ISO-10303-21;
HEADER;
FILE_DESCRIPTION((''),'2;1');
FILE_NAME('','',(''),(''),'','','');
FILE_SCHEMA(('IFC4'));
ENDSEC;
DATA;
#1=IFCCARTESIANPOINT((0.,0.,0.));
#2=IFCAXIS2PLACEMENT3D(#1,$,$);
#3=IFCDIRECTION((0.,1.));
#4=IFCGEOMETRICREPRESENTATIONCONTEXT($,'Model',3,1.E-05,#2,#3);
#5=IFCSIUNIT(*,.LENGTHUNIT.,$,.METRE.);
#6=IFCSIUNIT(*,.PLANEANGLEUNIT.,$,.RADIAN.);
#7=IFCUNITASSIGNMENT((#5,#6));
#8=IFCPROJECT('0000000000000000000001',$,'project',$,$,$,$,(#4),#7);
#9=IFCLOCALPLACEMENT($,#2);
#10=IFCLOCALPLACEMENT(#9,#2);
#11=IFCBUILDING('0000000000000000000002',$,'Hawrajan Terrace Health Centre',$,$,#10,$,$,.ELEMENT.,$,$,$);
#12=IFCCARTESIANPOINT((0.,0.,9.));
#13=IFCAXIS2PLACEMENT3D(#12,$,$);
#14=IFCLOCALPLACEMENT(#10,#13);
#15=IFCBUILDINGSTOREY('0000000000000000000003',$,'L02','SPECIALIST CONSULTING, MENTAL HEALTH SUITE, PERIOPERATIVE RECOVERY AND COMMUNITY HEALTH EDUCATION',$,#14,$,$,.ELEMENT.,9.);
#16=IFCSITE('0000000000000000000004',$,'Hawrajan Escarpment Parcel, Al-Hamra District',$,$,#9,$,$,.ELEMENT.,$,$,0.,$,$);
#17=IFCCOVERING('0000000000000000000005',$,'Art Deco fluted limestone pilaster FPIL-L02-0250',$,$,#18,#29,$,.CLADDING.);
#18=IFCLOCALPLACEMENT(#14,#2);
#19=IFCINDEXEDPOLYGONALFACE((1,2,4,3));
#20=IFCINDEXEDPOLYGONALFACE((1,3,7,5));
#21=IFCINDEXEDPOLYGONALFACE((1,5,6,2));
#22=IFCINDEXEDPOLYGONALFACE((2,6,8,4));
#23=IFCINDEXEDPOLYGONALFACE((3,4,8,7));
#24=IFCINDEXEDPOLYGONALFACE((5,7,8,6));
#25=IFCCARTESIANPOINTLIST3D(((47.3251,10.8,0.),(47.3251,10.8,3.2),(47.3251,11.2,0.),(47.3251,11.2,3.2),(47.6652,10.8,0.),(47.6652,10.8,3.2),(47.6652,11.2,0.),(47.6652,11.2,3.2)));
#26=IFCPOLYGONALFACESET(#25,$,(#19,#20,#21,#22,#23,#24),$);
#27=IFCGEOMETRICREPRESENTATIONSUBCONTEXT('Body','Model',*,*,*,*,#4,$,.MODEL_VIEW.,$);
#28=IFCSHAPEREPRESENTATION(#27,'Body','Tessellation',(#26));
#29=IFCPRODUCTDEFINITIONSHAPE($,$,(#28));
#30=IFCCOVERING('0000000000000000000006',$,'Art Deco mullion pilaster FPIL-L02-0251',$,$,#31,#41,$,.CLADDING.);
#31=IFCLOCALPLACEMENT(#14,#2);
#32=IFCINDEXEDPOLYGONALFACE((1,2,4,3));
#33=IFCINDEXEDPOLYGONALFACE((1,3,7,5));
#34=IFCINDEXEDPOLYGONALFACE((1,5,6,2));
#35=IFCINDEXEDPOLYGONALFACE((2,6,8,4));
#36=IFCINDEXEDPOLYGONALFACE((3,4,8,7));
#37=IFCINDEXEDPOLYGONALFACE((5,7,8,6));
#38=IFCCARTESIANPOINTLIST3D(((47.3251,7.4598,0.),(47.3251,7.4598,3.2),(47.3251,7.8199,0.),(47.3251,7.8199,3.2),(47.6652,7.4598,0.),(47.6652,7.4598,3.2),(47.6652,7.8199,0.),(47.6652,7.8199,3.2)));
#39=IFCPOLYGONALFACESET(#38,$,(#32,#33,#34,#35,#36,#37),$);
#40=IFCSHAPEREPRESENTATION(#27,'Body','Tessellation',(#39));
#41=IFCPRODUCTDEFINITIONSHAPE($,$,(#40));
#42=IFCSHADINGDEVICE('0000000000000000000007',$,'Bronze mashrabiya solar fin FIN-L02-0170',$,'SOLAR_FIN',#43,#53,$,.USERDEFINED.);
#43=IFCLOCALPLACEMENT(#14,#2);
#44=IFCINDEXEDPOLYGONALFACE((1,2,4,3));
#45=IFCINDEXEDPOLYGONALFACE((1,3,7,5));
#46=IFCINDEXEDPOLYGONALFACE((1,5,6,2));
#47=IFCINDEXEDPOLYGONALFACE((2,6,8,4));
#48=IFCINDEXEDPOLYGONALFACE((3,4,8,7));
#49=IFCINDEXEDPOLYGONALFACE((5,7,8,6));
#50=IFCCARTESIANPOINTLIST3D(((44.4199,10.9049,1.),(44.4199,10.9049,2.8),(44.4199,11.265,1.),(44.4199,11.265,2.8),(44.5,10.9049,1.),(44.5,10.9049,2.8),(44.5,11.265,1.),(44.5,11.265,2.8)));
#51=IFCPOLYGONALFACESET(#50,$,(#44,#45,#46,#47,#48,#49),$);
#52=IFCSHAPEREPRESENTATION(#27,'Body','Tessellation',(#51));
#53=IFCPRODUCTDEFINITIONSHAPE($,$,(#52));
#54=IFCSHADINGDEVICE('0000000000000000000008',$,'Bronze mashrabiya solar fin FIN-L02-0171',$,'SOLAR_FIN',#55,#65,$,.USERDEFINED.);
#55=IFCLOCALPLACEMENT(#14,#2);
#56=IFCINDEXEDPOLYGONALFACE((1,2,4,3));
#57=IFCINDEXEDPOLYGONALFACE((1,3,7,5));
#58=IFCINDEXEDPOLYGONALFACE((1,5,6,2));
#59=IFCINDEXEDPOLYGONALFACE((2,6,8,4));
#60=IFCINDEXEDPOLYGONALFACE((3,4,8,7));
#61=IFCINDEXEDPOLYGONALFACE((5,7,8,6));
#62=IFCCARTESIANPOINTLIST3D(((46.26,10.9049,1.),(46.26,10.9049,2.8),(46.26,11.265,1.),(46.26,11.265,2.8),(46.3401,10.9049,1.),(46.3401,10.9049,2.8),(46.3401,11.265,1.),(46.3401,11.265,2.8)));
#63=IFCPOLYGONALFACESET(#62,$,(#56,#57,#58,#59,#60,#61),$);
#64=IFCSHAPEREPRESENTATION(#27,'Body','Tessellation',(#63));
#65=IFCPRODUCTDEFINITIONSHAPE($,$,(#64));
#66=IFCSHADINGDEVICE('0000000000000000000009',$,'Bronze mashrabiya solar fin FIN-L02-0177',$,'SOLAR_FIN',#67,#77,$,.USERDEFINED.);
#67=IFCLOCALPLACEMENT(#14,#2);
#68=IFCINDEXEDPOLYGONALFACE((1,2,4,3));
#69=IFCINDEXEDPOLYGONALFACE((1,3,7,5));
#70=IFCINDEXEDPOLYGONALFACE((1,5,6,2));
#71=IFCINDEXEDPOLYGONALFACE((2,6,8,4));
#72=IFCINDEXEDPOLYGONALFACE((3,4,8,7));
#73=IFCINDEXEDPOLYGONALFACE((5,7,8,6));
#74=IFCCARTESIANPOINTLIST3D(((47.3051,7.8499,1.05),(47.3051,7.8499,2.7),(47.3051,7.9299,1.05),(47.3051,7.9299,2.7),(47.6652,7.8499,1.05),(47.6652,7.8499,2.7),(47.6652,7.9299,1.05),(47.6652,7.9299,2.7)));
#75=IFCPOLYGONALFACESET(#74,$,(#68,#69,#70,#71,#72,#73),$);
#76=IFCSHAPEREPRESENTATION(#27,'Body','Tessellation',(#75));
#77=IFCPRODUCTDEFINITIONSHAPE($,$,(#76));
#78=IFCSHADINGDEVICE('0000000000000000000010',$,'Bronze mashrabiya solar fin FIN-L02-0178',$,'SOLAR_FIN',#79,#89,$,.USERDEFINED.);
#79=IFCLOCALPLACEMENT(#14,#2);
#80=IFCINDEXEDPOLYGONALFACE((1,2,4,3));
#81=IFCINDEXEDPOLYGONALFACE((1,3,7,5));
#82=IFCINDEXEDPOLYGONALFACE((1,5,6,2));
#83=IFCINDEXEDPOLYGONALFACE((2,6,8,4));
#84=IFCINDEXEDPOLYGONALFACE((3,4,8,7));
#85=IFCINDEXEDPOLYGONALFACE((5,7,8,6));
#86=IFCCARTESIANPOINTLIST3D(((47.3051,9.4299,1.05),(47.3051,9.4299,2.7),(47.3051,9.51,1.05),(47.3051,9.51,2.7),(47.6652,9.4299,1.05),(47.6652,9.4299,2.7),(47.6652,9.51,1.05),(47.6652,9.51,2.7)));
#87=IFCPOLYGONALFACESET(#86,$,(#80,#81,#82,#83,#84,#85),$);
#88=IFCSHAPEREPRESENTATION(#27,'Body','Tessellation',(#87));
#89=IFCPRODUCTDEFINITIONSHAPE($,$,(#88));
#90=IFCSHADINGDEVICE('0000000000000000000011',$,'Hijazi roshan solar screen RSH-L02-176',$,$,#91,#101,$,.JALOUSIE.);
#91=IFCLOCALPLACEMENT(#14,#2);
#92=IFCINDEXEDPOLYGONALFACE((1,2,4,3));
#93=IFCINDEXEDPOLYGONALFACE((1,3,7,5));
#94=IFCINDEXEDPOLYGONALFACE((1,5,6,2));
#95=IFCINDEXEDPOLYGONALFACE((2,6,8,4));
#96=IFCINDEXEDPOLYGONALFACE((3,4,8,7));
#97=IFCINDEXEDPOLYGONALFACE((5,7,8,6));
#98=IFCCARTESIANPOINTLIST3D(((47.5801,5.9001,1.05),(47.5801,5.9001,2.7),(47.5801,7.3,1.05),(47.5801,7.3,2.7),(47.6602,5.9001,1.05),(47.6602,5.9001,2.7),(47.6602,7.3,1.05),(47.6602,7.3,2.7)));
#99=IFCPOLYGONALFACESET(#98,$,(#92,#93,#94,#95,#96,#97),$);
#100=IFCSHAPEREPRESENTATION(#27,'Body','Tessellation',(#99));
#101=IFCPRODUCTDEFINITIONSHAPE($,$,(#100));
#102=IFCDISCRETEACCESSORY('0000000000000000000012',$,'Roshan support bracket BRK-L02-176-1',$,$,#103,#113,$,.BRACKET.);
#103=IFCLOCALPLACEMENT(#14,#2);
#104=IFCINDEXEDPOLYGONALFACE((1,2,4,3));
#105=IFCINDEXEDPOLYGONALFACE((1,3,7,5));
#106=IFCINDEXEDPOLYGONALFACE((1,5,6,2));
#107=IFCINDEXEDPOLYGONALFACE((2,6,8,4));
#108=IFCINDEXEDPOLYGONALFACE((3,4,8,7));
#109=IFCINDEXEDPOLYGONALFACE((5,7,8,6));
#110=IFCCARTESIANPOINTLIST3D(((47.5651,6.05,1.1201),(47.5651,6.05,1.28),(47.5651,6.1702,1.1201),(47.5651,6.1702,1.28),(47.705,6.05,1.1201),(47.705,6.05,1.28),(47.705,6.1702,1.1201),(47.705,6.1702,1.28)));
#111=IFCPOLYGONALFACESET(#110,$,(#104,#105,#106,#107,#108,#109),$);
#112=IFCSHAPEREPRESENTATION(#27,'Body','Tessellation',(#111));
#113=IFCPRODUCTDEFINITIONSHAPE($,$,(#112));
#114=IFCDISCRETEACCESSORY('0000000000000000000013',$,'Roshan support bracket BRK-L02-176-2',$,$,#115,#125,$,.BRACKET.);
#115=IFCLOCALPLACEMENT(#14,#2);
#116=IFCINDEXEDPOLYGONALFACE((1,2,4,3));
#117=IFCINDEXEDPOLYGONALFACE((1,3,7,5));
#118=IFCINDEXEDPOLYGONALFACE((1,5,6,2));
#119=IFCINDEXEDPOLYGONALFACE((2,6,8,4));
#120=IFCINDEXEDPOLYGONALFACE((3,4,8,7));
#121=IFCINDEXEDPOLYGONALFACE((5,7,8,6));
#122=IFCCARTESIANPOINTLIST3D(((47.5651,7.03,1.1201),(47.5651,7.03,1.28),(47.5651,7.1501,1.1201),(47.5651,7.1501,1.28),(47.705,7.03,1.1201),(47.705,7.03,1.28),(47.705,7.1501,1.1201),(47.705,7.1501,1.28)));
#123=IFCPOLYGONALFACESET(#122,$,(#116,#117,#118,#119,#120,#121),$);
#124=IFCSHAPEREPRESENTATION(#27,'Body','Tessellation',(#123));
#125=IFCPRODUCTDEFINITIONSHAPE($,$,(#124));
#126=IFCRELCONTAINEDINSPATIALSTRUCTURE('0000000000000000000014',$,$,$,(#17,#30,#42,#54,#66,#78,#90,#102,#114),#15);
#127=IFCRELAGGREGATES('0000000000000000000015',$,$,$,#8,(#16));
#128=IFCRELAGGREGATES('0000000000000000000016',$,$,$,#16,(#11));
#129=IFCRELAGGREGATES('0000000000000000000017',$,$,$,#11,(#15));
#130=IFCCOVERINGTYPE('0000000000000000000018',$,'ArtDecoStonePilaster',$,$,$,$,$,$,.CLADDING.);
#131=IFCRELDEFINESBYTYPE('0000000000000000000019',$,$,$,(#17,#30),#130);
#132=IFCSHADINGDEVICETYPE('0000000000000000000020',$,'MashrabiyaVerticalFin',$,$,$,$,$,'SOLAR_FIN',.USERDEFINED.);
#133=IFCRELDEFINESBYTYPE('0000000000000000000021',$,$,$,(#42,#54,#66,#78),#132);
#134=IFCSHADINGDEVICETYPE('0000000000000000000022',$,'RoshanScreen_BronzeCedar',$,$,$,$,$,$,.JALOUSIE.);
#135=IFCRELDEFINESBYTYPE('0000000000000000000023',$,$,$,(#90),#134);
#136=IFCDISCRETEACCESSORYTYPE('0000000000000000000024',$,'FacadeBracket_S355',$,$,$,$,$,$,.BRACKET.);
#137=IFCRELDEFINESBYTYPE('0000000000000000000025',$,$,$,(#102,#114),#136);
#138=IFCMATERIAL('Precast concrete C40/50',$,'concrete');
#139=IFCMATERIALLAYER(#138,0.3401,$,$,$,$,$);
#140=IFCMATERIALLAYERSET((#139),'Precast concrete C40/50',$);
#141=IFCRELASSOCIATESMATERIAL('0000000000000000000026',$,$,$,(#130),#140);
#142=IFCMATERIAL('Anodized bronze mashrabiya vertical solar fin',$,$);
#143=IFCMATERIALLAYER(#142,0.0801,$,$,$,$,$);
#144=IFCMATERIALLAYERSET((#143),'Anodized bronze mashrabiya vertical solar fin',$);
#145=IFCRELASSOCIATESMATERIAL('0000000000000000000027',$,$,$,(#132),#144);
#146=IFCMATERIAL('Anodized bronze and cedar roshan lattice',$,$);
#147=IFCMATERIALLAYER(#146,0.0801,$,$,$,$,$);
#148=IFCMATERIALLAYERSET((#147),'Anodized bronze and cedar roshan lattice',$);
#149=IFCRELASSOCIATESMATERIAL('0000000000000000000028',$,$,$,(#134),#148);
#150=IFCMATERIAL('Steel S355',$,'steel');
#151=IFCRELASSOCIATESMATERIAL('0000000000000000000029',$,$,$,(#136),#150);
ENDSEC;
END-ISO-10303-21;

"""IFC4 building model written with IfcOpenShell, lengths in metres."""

from ifc_helpers import new_model, si_unit, direction, frame, origin, origin_2d, place, context, subcontext, project, spatial, rectangle, extrude, material, layer, layer_set, type_object, element, save


model = new_model("IFC4")

# Units and contexts
model_context = context("Model", 3, precision=1e-05, world=origin(), true_north=direction((0.0, 1.0)))
body_context = subcontext(model_context, "Body", "Model", "MODEL_VIEW")
ifc_project = project(units=[si_unit("LENGTHUNIT", "METRE"), si_unit("PLANEANGLEUNIT", "RADIAN")], contexts=[model_context])

# Site, building, storey
site_placement = place(None, origin())
site = spatial("IfcSite", under=ifc_project, at=site_placement, Name="Hawrajan Escarpment Parcel, Al-Hamra District", CompositionType="ELEMENT", RefElevation=0.0)
building_placement = place(site_placement, origin())
building = spatial("IfcBuilding", under=site, at=building_placement, Name="Hawrajan Terrace Health Centre", CompositionType="ELEMENT")
storey_placement = place(building_placement, frame((0.0, 0.0, 9.0)))
storey = spatial("IfcBuildingStorey", under=building, at=storey_placement, Name="L02", Description="SPECIALIST CONSULTING, MENTAL HEALTH SUITE, PERIOPERATIVE RECOVERY AND COMMUNITY HEALTH EDUCATION", CompositionType="ELEMENT", Elevation=9.0)

# Shared definitions
ifc_material_1 = material(Name="Precast concrete C40/50", Category="concrete")

# Coverings
ifc_layer_1 = layer(ifc_material_1, 0.3401)
ifc_layer_set_1 = layer_set([ifc_layer_1], Name="Precast concrete C40/50")
covering_type_1 = type_object("IfcCoveringType", Name="ArtDecoStonePilaster", PredefinedType="CLADDING", material=ifc_layer_set_1)
for number, where, z_axis, x_axis, name in (
    (1, (47.4951, 11.0, 0.0), (0.0, 0.0, 1.0), (0.0, 1.0, 0.0), "Art Deco fluted limestone pilaster FPIL-L02-0250"),
):
    element("IfcCovering", number, at=place(storey_placement, frame(where, z_axis=z_axis, x_axis=x_axis)), inside=storey, type_object=covering_type_1, Name=name, PredefinedType="CLADDING", context=body_context, shape_type="SweptSolid", body=[
        extrude(rectangle(XDim=0.3999, YDim=0.3401, at=origin_2d()), origin(), (0.0, 0.0, 1.0), 3.2),
    ])
covering_1_placement = place(storey_placement, frame((47.4951, 7.6399, 0.0), z_axis=(0.0, 0.0, 1.0), x_axis=(0.0, 1.0, 0.0)))
element("IfcCovering", 2, at=covering_1_placement, inside=storey, type_object=covering_type_1, Name="Art Deco mullion pilaster FPIL-L02-0251", PredefinedType="CLADDING", context=body_context, shape_type="SweptSolid", body=[
    extrude(rectangle(XDim=0.3601, YDim=0.3401, at=origin_2d()), origin(), (0.0, 0.0, 1.0), 3.2),
])

# Shading devices
ifc_material_2 = material(Name="Anodized bronze mashrabiya vertical solar fin")
ifc_layer_2 = layer(ifc_material_2, 0.0801)
ifc_layer_set_2 = layer_set([ifc_layer_2], Name="Anodized bronze mashrabiya vertical solar fin")
shading_device_type_1 = type_object("IfcShadingDeviceType", Name="MashrabiyaVerticalFin", ElementType="SOLAR_FIN", PredefinedType="USERDEFINED", material=ifc_layer_set_2)
for number, where, z_axis, x_axis, name in (
    (3, (44.46, 11.085, 1.0), (0.0, 0.0, 1.0), (1.0, 0.0, 0.0), "Bronze mashrabiya solar fin FIN-L02-0170"),
    (4, (46.3, 11.085, 1.0), (0.0, 0.0, 1.0), (1.0, 0.0, 0.0), "Bronze mashrabiya solar fin FIN-L02-0171"),
):
    element("IfcShadingDevice", number, at=place(storey_placement, frame(where, z_axis=z_axis, x_axis=x_axis)), inside=storey, type_object=shading_device_type_1, Name=name, ObjectType="SOLAR_FIN", PredefinedType="USERDEFINED", context=body_context, shape_type="SweptSolid", body=[
        extrude(rectangle(XDim=0.0801, YDim=0.3601, at=origin_2d()), origin(), (0.0, 0.0, 1.0), 1.8),
    ])
for number, where, z_axis, x_axis, name in (
    (5, (47.4851, 7.8899, 1.05), (0.0, 0.0, 1.0), (0.0, 1.0, 0.0), "Bronze mashrabiya solar fin FIN-L02-0177"),
    (6, (47.4851, 9.47, 1.05), (0.0, 0.0, 1.0), (0.0, 1.0, 0.0), "Bronze mashrabiya solar fin FIN-L02-0178"),
):
    element("IfcShadingDevice", number, at=place(storey_placement, frame(where, z_axis=z_axis, x_axis=x_axis)), inside=storey, type_object=shading_device_type_1, Name=name, ObjectType="SOLAR_FIN", PredefinedType="USERDEFINED", context=body_context, shape_type="SweptSolid", body=[
        extrude(rectangle(XDim=0.0801, YDim=0.3601, at=origin_2d()), origin(), (0.0, 0.0, 1.0), 1.6499),
    ])
ifc_material_3 = material(Name="Anodized bronze and cedar roshan lattice")
ifc_layer_3 = layer(ifc_material_3, 0.0801)
ifc_layer_set_3 = layer_set([ifc_layer_3], Name="Anodized bronze and cedar roshan lattice")
shading_device_type_2 = type_object("IfcShadingDeviceType", Name="RoshanScreen_BronzeCedar", PredefinedType="JALOUSIE", material=ifc_layer_set_3)
shading_device_placement = place(storey_placement, frame((47.6201, 6.6001, 1.05), z_axis=(0.0, 0.0, 1.0), x_axis=(0.0, 1.0, 0.0)))
element("IfcShadingDevice", 7, at=shading_device_placement, inside=storey, type_object=shading_device_type_2, Name="Hijazi roshan solar screen RSH-L02-176", PredefinedType="JALOUSIE", context=body_context, shape_type="SweptSolid", body=[
    extrude(rectangle(XDim=1.3999, YDim=0.0801, at=origin_2d()), origin(), (0.0, 0.0, 1.0), 1.6499),
])

# Discrete accessories
ifc_material_4 = material(Name="Steel S355", Category="steel")
discrete_accessory_type = type_object("IfcDiscreteAccessoryType", Name="FacadeBracket_S355", PredefinedType="BRACKET", material=ifc_material_4)
for number, where, z_axis, x_axis, name in (
    (8, (47.635, 6.1101, 1.1201), (0.0, 0.0, 1.0), (0.0, 1.0, 0.0), "Roshan support bracket BRK-L02-176-1"),
    (9, (47.635, 7.0901, 1.1201), (0.0, 0.0, 1.0), (0.0, 1.0, 0.0), "Roshan support bracket BRK-L02-176-2"),
):
    element("IfcDiscreteAccessory", number, at=place(storey_placement, frame(where, z_axis=z_axis, x_axis=x_axis)), inside=storey, type_object=discrete_accessory_type, Name=name, PredefinedType="BRACKET", context=body_context, shape_type="SweptSolid", body=[
        extrude(rectangle(XDim=0.1201, YDim=0.1399, at=origin_2d()), origin(), (0.0, 0.0, 1.0), 0.1599),
    ])

save(model, "model.ifc")
